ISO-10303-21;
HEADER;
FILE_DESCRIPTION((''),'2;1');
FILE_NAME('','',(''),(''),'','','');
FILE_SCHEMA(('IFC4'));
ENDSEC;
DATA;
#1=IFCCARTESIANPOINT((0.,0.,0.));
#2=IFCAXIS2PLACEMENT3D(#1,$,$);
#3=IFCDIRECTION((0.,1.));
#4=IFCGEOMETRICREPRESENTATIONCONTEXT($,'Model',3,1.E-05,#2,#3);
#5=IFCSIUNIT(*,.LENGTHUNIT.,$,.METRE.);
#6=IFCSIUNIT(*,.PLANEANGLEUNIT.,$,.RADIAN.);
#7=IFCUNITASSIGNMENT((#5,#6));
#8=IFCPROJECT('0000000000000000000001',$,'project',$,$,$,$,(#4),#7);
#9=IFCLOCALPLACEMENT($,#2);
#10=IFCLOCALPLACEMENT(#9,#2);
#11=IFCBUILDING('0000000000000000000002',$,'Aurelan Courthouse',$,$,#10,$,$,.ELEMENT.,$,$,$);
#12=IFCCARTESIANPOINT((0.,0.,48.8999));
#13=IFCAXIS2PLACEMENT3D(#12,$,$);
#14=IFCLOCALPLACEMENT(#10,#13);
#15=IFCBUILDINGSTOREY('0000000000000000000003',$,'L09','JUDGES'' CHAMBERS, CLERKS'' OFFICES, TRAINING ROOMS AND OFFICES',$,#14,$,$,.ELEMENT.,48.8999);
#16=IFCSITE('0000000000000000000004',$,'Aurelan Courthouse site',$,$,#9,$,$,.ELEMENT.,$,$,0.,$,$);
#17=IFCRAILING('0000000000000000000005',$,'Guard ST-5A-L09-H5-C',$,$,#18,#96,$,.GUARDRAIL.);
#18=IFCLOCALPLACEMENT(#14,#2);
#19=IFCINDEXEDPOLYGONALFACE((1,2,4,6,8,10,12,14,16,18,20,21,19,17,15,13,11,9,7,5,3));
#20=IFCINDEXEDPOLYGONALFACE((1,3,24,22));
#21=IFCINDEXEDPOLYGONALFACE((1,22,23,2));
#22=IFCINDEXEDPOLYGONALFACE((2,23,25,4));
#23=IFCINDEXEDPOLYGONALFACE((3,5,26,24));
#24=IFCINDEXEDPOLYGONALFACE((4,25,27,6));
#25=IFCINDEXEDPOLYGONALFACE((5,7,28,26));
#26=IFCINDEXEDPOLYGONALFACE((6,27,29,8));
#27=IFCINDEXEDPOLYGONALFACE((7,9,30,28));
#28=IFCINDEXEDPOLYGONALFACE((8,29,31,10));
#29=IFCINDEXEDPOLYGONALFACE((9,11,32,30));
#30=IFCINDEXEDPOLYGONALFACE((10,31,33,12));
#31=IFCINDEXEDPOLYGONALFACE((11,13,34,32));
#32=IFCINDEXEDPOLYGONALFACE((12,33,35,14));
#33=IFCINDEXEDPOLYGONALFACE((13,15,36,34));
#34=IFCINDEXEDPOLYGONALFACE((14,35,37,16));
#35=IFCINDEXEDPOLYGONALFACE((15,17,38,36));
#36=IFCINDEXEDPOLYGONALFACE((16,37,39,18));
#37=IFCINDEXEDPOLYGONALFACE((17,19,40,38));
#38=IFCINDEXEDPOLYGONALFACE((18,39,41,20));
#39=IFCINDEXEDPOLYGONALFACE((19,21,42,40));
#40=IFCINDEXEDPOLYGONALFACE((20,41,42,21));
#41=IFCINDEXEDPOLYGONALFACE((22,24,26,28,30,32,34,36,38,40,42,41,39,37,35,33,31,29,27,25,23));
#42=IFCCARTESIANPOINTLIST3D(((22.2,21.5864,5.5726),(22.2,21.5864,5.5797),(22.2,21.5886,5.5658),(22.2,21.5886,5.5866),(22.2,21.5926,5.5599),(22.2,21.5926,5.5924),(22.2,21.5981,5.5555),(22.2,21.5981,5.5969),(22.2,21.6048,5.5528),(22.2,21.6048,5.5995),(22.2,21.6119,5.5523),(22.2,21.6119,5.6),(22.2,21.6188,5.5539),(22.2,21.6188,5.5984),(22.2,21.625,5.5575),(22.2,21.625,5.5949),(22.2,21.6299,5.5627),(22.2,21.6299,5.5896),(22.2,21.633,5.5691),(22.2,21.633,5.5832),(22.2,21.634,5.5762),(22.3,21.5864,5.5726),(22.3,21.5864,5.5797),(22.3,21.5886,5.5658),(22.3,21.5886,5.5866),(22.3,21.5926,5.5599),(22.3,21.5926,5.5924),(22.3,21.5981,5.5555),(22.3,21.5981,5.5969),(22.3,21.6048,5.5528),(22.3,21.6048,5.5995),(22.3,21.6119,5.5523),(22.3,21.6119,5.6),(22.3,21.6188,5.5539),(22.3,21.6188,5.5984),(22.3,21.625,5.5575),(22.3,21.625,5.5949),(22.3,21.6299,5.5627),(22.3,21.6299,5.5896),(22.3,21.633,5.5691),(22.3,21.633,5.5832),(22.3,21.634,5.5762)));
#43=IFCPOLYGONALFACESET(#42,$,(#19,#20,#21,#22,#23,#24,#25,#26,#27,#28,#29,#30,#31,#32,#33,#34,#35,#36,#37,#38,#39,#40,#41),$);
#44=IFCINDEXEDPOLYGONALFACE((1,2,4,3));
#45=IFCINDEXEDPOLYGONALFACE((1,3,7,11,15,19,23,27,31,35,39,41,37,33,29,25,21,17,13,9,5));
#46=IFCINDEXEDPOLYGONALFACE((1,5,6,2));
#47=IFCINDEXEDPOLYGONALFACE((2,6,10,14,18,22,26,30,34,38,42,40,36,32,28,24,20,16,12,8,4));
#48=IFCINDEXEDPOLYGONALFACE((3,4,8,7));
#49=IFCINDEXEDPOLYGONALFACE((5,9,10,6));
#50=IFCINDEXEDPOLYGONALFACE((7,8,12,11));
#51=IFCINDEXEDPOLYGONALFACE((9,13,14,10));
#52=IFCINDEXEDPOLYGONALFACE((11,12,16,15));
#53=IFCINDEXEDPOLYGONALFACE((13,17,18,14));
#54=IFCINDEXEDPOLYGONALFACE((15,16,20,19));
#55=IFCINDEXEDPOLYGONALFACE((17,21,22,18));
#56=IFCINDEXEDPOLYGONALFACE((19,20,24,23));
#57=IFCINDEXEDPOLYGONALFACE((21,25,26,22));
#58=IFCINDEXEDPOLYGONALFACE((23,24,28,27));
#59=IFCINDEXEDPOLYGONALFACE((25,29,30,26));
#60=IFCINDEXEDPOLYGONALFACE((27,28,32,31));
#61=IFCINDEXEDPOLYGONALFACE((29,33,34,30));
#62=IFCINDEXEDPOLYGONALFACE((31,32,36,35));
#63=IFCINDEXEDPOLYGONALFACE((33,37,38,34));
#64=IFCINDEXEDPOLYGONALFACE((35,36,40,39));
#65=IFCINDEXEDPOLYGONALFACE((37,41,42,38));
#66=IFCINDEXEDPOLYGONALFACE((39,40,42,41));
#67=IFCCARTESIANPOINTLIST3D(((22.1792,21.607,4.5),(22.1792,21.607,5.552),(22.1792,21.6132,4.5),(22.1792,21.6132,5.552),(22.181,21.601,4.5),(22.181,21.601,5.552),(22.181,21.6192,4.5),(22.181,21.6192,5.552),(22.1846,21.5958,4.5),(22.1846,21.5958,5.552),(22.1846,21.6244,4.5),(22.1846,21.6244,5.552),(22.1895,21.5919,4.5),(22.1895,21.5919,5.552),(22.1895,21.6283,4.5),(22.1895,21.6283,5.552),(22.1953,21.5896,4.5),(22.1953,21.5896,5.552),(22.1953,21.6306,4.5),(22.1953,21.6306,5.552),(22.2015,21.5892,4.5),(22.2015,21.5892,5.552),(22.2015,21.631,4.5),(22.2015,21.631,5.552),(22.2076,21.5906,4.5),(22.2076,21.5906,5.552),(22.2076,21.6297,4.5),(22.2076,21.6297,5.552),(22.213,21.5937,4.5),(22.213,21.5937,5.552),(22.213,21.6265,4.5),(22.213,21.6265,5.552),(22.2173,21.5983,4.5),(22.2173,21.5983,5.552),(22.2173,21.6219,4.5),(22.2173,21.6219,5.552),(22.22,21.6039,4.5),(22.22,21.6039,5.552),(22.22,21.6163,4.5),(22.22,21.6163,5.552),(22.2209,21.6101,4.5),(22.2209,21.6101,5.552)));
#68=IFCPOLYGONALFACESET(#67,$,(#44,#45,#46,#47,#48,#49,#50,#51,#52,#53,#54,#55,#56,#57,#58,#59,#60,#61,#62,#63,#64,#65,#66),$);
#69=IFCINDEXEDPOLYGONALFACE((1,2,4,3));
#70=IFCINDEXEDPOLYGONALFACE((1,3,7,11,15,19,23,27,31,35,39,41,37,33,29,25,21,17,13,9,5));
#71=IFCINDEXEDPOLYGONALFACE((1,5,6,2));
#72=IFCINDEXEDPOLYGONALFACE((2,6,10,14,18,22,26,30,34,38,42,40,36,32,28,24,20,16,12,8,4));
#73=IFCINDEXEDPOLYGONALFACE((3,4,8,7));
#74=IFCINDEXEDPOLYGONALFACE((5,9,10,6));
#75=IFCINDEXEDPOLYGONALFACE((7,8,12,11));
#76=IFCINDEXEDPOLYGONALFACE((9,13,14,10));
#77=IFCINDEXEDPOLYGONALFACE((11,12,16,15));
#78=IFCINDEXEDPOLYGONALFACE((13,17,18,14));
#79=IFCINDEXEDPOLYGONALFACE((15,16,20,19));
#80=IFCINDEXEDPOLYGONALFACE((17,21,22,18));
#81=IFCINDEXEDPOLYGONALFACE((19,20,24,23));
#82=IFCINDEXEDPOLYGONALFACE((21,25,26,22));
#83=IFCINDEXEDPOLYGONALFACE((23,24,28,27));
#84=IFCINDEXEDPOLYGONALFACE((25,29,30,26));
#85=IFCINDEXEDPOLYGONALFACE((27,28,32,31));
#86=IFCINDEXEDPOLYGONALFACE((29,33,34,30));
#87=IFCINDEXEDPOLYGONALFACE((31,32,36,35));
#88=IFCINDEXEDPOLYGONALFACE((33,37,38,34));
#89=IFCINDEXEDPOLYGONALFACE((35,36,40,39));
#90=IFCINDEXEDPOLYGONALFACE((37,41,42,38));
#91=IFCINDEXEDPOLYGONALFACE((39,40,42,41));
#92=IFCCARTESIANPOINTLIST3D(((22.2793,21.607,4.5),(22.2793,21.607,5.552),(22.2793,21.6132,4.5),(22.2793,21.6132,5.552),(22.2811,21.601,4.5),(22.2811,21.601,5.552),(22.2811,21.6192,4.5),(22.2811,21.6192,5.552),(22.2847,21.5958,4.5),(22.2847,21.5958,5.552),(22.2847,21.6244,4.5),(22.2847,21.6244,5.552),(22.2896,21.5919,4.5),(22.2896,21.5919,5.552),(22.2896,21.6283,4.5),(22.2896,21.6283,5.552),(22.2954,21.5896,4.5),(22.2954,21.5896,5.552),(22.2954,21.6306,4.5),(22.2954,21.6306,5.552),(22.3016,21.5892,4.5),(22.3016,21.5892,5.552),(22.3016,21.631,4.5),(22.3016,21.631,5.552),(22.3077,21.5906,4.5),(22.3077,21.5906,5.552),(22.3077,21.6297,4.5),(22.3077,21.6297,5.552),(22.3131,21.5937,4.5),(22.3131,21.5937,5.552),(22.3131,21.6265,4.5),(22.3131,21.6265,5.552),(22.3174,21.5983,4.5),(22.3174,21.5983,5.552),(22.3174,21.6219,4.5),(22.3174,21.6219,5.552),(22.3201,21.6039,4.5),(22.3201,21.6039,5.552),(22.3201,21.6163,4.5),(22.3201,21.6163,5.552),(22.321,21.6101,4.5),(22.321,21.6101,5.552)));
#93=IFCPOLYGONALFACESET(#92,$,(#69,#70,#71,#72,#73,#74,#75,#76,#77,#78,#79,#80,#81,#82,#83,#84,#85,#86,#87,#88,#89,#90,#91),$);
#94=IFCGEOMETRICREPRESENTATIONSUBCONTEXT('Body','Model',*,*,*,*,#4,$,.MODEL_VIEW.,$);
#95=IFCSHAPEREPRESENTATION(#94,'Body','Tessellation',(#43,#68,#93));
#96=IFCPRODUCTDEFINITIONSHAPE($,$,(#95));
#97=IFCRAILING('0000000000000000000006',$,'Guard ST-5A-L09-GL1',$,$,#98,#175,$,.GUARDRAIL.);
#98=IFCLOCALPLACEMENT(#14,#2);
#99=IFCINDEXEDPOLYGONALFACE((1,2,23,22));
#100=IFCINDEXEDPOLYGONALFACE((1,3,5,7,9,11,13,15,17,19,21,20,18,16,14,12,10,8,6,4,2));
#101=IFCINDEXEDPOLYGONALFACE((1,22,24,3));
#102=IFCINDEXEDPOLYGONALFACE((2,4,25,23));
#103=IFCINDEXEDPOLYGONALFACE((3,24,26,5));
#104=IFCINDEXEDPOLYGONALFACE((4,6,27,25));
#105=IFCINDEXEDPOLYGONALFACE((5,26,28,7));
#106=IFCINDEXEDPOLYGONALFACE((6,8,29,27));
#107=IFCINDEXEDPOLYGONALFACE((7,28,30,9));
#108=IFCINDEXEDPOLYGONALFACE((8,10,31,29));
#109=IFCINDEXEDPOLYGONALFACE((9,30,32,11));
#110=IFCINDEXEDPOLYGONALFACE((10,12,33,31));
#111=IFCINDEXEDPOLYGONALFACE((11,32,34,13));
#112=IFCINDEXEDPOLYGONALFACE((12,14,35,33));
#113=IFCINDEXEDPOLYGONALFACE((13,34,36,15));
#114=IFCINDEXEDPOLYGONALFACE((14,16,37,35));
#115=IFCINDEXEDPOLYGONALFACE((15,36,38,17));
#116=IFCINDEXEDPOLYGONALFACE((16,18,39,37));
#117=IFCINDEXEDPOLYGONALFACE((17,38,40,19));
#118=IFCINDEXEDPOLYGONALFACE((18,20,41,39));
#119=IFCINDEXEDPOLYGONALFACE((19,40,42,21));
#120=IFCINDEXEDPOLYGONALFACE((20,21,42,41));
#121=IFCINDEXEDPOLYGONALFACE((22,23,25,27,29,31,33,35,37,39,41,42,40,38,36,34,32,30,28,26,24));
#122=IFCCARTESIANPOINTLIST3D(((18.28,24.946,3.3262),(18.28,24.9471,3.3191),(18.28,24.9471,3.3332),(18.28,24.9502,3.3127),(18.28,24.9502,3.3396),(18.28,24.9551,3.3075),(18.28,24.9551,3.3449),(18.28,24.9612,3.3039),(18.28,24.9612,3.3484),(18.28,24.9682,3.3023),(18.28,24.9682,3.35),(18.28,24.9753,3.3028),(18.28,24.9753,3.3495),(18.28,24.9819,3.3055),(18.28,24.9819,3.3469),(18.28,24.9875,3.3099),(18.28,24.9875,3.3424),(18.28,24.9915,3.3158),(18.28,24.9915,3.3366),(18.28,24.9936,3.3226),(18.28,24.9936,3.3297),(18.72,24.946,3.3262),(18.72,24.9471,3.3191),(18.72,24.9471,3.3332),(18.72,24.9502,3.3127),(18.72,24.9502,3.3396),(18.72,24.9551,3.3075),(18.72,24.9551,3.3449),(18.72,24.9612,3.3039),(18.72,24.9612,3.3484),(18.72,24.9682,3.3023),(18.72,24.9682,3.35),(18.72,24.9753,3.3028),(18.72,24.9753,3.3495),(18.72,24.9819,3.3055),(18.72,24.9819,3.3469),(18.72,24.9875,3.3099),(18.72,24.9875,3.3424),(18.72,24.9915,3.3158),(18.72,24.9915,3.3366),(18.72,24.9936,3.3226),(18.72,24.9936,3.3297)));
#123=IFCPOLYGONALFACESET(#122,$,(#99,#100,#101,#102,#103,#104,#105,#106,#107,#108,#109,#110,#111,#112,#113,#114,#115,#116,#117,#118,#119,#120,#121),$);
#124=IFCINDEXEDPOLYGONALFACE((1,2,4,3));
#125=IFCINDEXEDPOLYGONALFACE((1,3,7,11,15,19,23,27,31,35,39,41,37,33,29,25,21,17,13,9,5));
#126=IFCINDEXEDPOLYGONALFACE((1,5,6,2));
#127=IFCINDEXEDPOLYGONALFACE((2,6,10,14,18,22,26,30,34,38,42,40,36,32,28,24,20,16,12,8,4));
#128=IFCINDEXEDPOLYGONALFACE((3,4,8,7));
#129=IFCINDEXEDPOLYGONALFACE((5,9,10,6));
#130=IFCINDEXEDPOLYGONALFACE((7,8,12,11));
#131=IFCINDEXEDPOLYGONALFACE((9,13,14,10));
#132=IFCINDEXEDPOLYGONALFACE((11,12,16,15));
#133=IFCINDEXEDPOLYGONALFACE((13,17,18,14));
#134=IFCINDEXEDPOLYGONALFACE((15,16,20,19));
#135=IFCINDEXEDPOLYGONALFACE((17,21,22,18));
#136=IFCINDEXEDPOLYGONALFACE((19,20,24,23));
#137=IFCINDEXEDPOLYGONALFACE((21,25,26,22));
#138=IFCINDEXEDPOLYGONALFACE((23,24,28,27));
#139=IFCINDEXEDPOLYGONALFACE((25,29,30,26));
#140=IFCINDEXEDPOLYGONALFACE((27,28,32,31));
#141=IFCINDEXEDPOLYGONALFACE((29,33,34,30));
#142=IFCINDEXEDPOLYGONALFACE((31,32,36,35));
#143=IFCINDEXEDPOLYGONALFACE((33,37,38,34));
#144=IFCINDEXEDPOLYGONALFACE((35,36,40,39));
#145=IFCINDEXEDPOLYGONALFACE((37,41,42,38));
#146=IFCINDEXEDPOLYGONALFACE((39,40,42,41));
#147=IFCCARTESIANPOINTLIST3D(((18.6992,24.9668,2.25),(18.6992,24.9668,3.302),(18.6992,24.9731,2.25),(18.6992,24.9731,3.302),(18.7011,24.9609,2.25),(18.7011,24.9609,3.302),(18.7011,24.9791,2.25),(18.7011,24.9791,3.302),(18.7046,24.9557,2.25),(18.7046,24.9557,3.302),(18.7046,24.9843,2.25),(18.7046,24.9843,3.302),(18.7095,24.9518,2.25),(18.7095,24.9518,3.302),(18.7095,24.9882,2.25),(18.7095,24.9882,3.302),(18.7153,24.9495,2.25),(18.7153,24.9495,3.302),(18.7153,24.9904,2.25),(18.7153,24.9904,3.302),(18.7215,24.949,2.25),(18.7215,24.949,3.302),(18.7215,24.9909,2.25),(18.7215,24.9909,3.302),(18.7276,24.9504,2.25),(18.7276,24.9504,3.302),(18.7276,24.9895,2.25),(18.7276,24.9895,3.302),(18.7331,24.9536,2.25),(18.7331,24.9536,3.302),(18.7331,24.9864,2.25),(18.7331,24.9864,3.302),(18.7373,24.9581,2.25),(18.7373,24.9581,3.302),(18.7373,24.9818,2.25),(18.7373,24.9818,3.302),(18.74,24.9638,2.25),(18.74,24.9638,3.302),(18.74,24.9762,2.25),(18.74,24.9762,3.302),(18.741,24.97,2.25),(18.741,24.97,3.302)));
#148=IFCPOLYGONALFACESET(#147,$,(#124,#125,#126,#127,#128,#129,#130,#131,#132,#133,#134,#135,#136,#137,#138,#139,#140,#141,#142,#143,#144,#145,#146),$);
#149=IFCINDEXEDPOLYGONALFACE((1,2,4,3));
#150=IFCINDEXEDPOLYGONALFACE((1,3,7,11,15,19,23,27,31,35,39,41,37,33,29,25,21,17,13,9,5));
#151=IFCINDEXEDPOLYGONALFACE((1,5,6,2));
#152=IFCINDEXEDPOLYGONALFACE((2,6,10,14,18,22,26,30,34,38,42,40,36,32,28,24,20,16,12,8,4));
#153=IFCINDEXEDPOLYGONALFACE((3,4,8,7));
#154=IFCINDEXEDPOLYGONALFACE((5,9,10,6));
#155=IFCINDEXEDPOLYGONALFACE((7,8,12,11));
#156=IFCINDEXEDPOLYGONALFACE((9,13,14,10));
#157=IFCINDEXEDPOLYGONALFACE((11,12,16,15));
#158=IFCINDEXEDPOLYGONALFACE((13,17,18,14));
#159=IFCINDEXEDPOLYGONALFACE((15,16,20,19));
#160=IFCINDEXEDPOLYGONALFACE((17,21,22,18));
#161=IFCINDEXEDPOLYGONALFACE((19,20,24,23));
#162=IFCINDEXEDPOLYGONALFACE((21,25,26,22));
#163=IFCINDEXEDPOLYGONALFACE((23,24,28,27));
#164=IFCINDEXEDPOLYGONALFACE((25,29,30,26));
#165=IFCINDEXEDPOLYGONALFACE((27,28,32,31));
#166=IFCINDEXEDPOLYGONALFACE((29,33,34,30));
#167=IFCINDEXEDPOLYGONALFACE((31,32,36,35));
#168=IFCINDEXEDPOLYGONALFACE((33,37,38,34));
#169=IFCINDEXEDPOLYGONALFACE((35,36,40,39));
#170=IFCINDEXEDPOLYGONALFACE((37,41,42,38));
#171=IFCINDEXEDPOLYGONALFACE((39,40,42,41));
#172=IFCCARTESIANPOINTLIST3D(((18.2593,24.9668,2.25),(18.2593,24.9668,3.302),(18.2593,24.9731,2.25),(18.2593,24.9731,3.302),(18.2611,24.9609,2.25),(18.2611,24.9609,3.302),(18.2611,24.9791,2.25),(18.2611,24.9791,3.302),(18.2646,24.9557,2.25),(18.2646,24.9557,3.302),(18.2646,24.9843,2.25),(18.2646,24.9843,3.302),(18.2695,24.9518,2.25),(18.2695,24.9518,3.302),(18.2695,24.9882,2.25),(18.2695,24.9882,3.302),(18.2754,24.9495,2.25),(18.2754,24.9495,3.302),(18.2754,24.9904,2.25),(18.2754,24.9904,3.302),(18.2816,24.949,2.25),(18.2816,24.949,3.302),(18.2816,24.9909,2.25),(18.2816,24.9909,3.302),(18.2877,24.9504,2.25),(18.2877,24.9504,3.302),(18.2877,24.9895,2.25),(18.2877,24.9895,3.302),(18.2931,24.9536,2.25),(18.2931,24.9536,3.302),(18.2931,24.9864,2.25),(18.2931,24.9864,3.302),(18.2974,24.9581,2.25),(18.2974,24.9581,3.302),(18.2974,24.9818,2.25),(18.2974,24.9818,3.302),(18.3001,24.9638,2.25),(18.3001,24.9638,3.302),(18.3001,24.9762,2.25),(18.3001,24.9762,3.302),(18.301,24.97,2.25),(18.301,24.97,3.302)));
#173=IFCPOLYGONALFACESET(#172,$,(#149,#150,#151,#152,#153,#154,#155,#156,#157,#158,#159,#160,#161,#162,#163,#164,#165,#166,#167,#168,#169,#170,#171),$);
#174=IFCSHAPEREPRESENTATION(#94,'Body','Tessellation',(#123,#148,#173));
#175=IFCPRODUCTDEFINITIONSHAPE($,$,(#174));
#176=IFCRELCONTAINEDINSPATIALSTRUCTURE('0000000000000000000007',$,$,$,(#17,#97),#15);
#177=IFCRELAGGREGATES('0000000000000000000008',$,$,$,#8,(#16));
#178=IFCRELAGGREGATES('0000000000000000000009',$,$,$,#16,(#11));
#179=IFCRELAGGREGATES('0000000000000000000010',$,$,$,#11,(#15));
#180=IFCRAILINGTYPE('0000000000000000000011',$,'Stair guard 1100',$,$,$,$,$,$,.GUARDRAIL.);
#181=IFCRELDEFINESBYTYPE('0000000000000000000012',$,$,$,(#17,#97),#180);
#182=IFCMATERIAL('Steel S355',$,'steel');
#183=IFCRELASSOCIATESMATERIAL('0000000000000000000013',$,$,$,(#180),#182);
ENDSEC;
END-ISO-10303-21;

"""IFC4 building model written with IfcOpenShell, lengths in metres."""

from ifc_helpers import new_model, si_unit, direction, frame, origin, origin_2d, place, context, subcontext, project, spatial, circle, extrude, material, type_object, element, save


model = new_model("IFC4")

# Units and contexts
model_context = context("Model", 3, precision=1e-05, world=origin(), true_north=direction((0.0, 1.0)))
body_context = subcontext(model_context, "Body", "Model", "MODEL_VIEW")
ifc_project = project(units=[si_unit("LENGTHUNIT", "METRE"), si_unit("PLANEANGLEUNIT", "RADIAN")], contexts=[model_context])

# Site, building, storey
site_placement = place(None, origin())
site = spatial("IfcSite", under=ifc_project, at=site_placement, Name="Aurelan Courthouse site", CompositionType="ELEMENT", RefElevation=0.0)
building_placement = place(site_placement, origin())
building = spatial("IfcBuilding", under=site, at=building_placement, Name="Aurelan Courthouse", CompositionType="ELEMENT")
storey_placement = place(building_placement, frame((0.0, 0.0, 48.8999)))
storey = spatial("IfcBuildingStorey", under=building, at=storey_placement, Name="L09", Description="JUDGES' CHAMBERS, CLERKS' OFFICES, TRAINING ROOMS AND OFFICES", CompositionType="ELEMENT", Elevation=48.8999)

# Railings
ifc_material_1 = material(Name="Steel S355", Category="steel")
railing_type_1 = type_object("IfcRailingType", Name="Stair guard 1100", PredefinedType="GUARDRAIL", material=ifc_material_1)
railing_1_placement = place(storey_placement, frame((22.2, 21.6101, 4.5)))
element("IfcRailing", 1, at=railing_1_placement, inside=storey, type_object=railing_type_1, Name="Guard ST-5A-L09-H5-C", PredefinedType="GUARDRAIL", context=body_context, shape_type="SweptSolid", body=[
    extrude(circle(Radius=0.0239, at=origin_2d()), frame((0.0, 0.0, 1.0762), z_axis=(1.0, 0.0, 0.0), x_axis=(0.0, 1.0, 0.0)), (0.0, 0.0, 1.0), 0.1001),
    extrude(circle(Radius=0.021, at=origin_2d()), origin(), (0.0, 0.0, 1.0), 1.052),
    extrude(circle(Radius=0.021, at=origin_2d()), frame((0.1001, 0.0, 0.0)), (0.0, 0.0, 1.0), 1.052),
])
railing_2_placement = place(storey_placement, frame((18.72, 24.97, 2.25)))
element("IfcRailing", 2, at=railing_2_placement, inside=storey, type_object=railing_type_1, Name="Guard ST-5A-L09-GL1", PredefinedType="GUARDRAIL", context=body_context, shape_type="SweptSolid", body=[
    extrude(circle(Radius=0.0239, at=origin_2d()), frame((0.0, 0.0, 1.0762), z_axis=(-1.0, 0.0, 0.0), x_axis=(0.0, -1.0, 0.0)), (0.0, 0.0, 1.0), 0.4399),
    extrude(circle(Radius=0.021, at=origin_2d()), origin(), (0.0, 0.0, 1.0), 1.052),
    extrude(circle(Radius=0.021, at=origin_2d()), frame((-0.4399, 0.0, 0.0)), (0.0, 0.0, 1.0), 1.052),
])

save(model, "model.ifc")
